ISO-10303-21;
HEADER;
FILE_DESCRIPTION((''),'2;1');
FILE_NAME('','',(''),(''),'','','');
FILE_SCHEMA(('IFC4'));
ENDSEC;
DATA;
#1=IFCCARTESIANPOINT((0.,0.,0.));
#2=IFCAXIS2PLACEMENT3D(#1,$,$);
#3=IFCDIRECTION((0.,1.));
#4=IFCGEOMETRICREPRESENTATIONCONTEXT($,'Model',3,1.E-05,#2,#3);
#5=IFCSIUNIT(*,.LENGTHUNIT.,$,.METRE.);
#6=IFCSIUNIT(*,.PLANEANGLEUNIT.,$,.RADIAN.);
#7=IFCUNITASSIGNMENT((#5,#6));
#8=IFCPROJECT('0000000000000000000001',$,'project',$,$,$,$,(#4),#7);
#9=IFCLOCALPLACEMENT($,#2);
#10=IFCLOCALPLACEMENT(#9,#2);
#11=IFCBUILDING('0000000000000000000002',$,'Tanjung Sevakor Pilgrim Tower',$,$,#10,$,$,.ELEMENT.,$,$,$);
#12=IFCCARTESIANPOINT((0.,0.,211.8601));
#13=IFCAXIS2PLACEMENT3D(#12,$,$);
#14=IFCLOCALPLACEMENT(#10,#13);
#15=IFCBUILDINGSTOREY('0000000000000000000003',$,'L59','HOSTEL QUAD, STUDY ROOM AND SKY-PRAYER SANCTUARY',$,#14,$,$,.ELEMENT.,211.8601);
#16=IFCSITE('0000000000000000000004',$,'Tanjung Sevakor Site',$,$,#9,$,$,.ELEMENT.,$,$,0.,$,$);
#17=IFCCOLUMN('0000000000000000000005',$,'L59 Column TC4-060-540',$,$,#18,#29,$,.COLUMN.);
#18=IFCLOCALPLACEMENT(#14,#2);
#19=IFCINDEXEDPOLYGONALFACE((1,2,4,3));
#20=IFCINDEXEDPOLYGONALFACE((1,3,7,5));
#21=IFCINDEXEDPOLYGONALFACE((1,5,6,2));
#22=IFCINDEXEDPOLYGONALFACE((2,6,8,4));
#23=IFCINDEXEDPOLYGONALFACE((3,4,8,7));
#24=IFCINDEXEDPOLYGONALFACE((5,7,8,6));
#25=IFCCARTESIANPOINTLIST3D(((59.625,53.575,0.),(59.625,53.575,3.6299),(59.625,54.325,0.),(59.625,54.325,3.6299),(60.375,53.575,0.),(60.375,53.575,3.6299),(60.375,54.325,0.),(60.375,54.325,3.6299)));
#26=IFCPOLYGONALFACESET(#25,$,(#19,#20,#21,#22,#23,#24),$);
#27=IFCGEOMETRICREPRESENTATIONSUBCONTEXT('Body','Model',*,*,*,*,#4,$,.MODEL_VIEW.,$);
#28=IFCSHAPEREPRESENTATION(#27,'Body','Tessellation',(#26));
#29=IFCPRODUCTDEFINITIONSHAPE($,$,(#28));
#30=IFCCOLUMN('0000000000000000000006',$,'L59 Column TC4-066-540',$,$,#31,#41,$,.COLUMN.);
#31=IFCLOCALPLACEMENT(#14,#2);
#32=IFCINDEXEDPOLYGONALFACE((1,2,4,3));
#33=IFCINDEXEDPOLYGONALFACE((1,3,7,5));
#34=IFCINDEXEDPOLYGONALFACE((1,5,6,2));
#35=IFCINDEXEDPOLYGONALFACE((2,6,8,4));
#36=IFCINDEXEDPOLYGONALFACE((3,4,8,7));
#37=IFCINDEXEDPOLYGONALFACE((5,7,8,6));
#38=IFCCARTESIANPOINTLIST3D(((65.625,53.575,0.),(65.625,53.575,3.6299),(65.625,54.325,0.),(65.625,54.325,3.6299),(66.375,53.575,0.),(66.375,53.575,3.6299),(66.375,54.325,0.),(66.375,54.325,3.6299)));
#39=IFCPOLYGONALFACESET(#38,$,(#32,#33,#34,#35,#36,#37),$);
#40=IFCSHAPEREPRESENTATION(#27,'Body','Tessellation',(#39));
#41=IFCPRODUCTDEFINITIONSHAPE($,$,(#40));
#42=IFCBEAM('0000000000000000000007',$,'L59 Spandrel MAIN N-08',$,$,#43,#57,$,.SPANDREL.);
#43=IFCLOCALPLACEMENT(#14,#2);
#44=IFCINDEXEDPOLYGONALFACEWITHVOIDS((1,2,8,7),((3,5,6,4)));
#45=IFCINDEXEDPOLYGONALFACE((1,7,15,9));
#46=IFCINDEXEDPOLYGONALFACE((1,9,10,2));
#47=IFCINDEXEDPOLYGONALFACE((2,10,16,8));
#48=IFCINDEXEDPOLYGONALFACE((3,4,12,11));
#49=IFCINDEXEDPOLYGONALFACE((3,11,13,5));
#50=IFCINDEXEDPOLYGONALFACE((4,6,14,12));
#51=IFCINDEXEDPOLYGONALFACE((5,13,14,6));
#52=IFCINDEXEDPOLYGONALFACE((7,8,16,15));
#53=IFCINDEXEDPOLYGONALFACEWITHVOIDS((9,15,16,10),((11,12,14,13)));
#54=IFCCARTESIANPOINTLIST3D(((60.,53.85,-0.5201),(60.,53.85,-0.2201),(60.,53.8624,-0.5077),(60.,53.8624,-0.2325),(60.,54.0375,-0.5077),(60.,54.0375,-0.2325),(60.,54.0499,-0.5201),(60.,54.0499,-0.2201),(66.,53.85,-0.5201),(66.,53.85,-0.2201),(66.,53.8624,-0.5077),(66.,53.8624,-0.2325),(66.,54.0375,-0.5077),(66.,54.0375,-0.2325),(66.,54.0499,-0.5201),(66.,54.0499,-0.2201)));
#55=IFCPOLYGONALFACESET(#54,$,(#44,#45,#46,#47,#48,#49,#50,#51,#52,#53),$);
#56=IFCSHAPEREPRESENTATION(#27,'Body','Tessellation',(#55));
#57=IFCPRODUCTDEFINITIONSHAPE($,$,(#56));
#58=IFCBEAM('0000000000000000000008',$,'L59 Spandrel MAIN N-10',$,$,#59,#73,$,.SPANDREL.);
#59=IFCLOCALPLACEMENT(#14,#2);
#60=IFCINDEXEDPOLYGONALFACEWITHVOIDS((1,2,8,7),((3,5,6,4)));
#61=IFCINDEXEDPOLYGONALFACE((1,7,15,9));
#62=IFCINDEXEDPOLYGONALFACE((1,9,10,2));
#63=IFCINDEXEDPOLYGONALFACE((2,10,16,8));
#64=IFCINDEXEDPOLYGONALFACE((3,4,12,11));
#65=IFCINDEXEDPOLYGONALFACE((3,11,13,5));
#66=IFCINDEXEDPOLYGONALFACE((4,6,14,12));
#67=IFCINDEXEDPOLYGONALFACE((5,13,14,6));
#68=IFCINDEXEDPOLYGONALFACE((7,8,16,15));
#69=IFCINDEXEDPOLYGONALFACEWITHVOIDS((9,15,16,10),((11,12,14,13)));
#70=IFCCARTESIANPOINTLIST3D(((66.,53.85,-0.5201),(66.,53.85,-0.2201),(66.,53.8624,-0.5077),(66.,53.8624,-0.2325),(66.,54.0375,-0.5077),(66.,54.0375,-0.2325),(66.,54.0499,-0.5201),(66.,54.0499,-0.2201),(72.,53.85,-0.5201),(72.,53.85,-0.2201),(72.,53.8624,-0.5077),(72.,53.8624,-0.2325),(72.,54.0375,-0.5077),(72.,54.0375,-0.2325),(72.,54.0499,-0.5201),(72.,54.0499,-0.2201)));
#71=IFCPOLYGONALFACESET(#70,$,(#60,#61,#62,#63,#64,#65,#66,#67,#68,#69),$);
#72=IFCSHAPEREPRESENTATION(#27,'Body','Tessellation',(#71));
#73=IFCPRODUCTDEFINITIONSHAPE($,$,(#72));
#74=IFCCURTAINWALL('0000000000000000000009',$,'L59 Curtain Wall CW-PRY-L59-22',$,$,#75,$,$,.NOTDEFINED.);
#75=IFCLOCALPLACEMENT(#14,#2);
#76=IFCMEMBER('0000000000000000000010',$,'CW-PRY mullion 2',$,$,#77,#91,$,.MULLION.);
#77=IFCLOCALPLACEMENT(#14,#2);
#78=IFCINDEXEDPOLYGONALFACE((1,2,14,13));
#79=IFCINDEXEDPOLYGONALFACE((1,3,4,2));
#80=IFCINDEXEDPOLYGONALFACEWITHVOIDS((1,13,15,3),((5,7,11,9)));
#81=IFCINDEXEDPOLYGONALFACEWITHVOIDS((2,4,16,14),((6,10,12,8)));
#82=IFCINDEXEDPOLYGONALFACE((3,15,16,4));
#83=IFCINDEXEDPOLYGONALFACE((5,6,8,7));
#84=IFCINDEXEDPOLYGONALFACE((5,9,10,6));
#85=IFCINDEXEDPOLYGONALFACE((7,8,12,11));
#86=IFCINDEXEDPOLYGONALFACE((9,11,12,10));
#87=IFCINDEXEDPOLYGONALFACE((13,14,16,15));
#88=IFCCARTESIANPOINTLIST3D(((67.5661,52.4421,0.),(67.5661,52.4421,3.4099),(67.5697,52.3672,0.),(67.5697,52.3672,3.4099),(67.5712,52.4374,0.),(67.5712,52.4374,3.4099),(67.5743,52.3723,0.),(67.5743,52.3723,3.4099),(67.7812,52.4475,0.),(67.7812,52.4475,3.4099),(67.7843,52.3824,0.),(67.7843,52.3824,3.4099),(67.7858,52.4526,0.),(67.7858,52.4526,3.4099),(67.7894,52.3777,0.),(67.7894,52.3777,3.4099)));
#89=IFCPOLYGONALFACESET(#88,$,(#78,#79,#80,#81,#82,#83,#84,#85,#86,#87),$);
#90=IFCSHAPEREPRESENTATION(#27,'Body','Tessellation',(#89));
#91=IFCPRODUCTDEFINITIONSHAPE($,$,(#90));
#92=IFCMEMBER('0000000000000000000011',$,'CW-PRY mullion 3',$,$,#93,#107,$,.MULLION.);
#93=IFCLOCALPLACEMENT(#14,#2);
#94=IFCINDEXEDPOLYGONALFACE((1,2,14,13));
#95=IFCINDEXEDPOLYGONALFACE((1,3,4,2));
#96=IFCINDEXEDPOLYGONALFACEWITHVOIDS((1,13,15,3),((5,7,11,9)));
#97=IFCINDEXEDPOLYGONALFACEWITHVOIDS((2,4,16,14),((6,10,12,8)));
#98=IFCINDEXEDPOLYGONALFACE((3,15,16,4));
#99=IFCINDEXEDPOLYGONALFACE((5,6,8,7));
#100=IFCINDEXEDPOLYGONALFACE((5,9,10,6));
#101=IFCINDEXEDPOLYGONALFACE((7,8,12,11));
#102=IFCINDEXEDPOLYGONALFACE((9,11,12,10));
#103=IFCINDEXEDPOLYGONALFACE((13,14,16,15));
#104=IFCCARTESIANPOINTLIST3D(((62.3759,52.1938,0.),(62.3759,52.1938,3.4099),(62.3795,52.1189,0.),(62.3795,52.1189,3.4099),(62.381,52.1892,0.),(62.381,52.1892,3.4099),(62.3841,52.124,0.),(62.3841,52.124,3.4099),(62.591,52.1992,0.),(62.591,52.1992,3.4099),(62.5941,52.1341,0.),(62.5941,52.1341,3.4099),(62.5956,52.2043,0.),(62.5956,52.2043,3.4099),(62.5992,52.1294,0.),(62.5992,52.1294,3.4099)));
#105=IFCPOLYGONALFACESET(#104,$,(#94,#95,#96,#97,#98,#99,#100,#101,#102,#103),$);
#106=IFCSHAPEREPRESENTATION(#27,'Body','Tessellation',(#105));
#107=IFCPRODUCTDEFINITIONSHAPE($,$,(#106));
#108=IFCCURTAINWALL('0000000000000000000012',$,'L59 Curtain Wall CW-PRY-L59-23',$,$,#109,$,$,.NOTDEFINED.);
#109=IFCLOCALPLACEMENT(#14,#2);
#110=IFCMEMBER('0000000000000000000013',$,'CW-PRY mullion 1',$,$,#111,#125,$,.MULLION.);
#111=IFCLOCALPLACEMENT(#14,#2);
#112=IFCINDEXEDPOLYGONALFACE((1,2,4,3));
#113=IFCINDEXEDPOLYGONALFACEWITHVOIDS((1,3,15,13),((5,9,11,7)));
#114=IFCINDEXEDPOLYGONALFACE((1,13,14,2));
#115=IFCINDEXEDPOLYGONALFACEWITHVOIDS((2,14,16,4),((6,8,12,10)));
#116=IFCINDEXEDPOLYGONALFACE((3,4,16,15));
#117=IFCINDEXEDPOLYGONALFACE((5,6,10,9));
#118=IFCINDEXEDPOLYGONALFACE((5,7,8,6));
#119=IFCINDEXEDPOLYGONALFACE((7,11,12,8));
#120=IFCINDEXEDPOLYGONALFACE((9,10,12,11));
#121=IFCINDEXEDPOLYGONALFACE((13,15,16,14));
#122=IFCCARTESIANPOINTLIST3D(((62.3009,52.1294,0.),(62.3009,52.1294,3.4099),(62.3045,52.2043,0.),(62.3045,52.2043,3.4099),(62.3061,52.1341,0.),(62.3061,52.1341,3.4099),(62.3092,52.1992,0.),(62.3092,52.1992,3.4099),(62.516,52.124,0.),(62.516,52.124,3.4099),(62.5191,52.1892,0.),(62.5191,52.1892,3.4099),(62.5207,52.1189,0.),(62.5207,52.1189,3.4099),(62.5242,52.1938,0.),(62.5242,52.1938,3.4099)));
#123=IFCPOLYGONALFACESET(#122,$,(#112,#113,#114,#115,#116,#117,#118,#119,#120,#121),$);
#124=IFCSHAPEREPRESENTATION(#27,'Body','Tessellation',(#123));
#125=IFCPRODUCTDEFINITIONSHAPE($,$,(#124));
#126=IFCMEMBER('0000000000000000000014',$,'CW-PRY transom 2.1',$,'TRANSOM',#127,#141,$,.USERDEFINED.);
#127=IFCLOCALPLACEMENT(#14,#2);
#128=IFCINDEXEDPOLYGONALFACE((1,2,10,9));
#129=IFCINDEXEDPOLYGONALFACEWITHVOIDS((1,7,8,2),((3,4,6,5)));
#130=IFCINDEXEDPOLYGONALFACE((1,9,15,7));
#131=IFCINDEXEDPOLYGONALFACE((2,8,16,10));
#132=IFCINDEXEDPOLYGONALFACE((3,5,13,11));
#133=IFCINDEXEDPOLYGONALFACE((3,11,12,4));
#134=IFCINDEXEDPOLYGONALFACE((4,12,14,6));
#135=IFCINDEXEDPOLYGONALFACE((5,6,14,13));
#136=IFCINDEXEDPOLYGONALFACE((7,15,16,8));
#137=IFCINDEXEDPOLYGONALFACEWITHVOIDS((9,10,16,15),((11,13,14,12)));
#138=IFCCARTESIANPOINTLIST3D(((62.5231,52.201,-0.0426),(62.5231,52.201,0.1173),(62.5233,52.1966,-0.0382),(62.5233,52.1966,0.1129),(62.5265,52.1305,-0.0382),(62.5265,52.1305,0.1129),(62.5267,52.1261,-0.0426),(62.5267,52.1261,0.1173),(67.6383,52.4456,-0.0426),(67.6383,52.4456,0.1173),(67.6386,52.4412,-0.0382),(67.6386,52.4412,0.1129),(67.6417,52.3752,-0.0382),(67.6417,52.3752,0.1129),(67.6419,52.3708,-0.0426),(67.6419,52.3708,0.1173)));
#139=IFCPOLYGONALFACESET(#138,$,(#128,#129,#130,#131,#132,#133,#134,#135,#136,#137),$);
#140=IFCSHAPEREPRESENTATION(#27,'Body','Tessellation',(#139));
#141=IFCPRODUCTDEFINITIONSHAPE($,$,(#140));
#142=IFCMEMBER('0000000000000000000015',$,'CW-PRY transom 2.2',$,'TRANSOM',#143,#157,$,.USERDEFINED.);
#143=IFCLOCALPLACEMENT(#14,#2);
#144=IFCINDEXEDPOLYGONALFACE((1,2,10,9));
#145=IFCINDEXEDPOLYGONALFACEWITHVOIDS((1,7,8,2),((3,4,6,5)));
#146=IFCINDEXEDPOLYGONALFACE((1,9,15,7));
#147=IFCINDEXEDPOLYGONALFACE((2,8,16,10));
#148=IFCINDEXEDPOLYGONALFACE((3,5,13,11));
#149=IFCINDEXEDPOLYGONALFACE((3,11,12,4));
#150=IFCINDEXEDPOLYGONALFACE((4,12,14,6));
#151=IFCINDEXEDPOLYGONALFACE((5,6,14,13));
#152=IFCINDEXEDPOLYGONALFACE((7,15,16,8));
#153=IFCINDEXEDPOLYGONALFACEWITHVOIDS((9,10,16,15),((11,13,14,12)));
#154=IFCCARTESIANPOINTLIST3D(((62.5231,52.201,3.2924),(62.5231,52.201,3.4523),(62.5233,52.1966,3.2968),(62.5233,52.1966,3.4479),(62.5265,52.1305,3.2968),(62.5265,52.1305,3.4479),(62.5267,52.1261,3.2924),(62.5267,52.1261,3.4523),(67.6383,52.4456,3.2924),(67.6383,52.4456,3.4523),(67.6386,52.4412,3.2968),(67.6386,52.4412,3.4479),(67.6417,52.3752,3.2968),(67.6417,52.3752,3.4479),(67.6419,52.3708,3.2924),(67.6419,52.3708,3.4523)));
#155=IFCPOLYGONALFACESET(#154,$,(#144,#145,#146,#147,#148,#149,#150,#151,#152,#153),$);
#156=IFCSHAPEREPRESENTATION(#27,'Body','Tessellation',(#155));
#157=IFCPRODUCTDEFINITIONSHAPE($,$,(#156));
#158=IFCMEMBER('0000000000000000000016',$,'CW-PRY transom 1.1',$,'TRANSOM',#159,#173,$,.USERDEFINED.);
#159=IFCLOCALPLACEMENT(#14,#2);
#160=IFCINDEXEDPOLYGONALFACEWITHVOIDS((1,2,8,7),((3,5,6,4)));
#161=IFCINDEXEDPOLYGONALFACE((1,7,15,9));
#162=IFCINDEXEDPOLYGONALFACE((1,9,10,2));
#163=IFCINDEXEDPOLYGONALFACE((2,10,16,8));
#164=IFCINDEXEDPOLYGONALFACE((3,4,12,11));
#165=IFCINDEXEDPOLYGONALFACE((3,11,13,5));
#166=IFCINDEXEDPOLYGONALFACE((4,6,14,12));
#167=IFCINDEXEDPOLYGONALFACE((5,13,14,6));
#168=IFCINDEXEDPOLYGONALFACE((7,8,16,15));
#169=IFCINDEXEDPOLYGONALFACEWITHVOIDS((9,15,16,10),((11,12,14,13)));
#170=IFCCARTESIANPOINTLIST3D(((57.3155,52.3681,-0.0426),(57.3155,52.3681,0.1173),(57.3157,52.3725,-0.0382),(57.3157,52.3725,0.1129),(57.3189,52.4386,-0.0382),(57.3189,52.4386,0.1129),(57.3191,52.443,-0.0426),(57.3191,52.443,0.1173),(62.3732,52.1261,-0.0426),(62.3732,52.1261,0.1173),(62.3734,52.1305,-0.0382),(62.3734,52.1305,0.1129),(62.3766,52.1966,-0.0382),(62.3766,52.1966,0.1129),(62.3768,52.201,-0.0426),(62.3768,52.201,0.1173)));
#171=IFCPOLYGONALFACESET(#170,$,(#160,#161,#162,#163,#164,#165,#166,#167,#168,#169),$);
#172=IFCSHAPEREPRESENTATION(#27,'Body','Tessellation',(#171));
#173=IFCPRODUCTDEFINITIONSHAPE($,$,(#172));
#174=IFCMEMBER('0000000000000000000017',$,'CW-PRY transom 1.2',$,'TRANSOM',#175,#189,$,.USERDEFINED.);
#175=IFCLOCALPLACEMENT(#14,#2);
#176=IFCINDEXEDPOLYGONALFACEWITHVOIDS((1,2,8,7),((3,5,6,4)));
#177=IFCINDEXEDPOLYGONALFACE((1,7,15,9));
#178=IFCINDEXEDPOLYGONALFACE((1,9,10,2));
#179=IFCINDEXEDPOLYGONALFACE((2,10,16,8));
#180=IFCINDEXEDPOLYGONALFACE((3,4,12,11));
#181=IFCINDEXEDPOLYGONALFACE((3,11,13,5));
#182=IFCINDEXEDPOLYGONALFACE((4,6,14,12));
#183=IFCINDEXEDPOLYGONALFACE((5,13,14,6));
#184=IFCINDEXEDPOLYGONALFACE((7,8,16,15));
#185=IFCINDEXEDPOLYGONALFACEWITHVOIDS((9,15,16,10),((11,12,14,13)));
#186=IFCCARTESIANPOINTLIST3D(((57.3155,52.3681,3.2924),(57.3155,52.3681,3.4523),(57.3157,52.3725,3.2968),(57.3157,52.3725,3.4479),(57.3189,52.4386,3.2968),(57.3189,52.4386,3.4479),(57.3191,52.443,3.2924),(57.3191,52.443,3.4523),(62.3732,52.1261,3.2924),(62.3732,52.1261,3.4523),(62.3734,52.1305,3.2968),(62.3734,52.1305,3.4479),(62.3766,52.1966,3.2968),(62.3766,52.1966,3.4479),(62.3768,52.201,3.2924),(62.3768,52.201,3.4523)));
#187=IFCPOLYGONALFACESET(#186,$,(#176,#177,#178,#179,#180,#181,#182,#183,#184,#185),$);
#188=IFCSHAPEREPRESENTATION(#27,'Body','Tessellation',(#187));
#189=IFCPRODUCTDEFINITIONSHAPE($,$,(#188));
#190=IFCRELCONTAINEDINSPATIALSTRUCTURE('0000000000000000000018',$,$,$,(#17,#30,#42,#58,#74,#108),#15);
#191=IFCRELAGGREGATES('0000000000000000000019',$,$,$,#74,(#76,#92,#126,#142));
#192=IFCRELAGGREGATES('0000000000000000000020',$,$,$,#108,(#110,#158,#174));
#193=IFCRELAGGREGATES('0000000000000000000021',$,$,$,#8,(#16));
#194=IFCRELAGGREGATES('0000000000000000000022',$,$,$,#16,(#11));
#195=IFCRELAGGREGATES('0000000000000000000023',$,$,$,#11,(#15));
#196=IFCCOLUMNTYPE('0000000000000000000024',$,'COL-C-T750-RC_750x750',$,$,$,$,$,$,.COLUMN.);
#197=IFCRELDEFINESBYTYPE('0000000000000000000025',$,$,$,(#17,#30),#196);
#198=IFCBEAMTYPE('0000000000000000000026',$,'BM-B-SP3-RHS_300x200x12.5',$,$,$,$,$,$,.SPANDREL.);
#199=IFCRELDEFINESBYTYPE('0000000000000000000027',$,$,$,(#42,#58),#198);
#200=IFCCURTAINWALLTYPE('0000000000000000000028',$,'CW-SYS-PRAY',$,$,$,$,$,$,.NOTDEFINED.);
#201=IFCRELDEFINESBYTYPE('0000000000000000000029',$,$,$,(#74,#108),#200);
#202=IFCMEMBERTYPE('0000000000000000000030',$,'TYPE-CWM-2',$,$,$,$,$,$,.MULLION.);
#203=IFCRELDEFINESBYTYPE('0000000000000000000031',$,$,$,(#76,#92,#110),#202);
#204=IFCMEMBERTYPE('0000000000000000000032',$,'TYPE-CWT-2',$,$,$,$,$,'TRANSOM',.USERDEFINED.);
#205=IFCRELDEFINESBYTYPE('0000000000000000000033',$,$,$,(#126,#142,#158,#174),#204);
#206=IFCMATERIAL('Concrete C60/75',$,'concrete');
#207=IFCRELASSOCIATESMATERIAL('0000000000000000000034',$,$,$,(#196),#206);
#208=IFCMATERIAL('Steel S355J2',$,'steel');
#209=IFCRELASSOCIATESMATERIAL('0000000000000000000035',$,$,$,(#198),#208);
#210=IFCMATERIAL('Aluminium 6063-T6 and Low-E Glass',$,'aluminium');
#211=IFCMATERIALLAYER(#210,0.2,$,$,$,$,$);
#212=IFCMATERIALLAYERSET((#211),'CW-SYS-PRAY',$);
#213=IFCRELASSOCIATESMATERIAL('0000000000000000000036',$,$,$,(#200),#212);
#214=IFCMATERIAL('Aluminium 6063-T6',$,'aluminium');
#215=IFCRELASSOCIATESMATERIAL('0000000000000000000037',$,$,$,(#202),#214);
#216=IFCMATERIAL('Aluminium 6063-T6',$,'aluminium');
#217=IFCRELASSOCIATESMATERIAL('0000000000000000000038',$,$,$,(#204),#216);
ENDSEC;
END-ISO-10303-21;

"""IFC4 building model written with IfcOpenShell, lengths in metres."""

from ifc_helpers import new_model, si_unit, direction, frame, origin, origin_2d, place, context, subcontext, project, spatial, rectangle, hollow_rectangle, extrude, material, layer, layer_set, material_profile, profile_set, type_object, element, aggregate, save


model = new_model("IFC4")

# Units and contexts
model_context = context("Model", 3, precision=1e-05, world=origin(), true_north=direction((0.0, 1.0)))
body_context = subcontext(model_context, "Body", "Model", "MODEL_VIEW")
ifc_project = project(units=[si_unit("LENGTHUNIT", "METRE"), si_unit("PLANEANGLEUNIT", "RADIAN")], contexts=[model_context])

# Site, building, storey
site_placement = place(None, origin())
site = spatial("IfcSite", under=ifc_project, at=site_placement, Name="Tanjung Sevakor Site", CompositionType="ELEMENT", RefElevation=0.0)
building_placement = place(site_placement, origin())
building = spatial("IfcBuilding", under=site, at=building_placement, Name="Tanjung Sevakor Pilgrim Tower", CompositionType="ELEMENT")
storey_placement = place(building_placement, frame((0.0, 0.0, 211.8601)))
storey = spatial("IfcBuildingStorey", under=building, at=storey_placement, Name="L59", Description="HOSTEL QUAD, STUDY ROOM AND SKY-PRAYER SANCTUARY", CompositionType="ELEMENT", Elevation=211.8601)

# Columns
ifc_material_1 = material(Name="Concrete C60/75", Category="concrete")
ifc_material_profile_1 = material_profile(ifc_material_1, rectangle(XDim=0.75, YDim=0.75, at=origin_2d()))
ifc_profile_set_1 = profile_set([ifc_material_profile_1], Name="Concrete C60/75")
column_type = type_object("IfcColumnType", Name="COL-C-T750-RC_750x750", PredefinedType="COLUMN", material=ifc_profile_set_1)
for number, where, z_axis, x_axis, name in (
    (1, (60.0, 53.95, 0.0), (0.0, 0.0, 1.0), (1.0, 0.0, 0.0), "L59 Column TC4-060-540"),
    (2, (66.0, 53.95, 0.0), (0.0, 0.0, 1.0), (1.0, 0.0, 0.0), "L59 Column TC4-066-540"),
):
    element("IfcColumn", number, at=place(storey_placement, frame(where, z_axis=z_axis, x_axis=x_axis)), inside=storey, type_object=column_type, Name=name, PredefinedType="COLUMN", context=body_context, shape_type="SweptSolid", body=[
        extrude(rectangle(XDim=0.75, YDim=0.75, at=origin_2d()), origin(), (0.0, 0.0, 1.0), 3.6299),
    ])

# Beams
ifc_material_2 = material(Name="Steel S355J2", Category="steel")
ifc_material_profile_2 = material_profile(ifc_material_2, hollow_rectangle(XDim=0.2, YDim=0.3, WallThickness=0.0125, at=origin_2d()))
ifc_profile_set_2 = profile_set([ifc_material_profile_2], Name="Steel S355J2")
beam_type = type_object("IfcBeamType", Name="BM-B-SP3-RHS_300x200x12.5", PredefinedType="SPANDREL", material=ifc_profile_set_2)
for number, where, z_axis, x_axis, name in (
    (3, (60.0, 53.95, -0.3701), (1.0, 0.0, 0.0), (0.0, 1.0, 0.0), "L59 Spandrel MAIN N-08"),
    (4, (66.0, 53.95, -0.3701), (1.0, 0.0, 0.0), (0.0, 1.0, 0.0), "L59 Spandrel MAIN N-10"),
):
    element("IfcBeam", number, at=place(storey_placement, frame(where, z_axis=z_axis, x_axis=x_axis)), inside=storey, type_object=beam_type, Name=name, PredefinedType="SPANDREL", context=body_context, shape_type="SweptSolid", body=[
        extrude(hollow_rectangle(XDim=0.2, YDim=0.3, WallThickness=0.0125, at=origin_2d()), origin(), (0.0, 0.0, 1.0), 6.0),
    ])

# Curtain wall, members
ifc_material_3 = material(Name="Aluminium 6063-T6 and Low-E Glass", Category="aluminium")
ifc_layer_1 = layer(ifc_material_3, 0.2)
ifc_layer_set_1 = layer_set([ifc_layer_1], Name="CW-SYS-PRAY")
curtain_wall_type = type_object("IfcCurtainWallType", Name="CW-SYS-PRAY", PredefinedType="NOTDEFINED", material=ifc_layer_set_1)
curtain_wall_1_placement = place(storey_placement, origin())
curtain_wall_1 = element("IfcCurtainWall", 5, at=curtain_wall_1_placement, inside=storey, type_object=curtain_wall_type, Name="L59 Curtain Wall CW-PRY-L59-22", PredefinedType="NOTDEFINED")
ifc_material_4 = material(Name="Aluminium 6063-T6", Category="aluminium")
ifc_material_profile_3 = material_profile(ifc_material_4, hollow_rectangle(XDim=0.075, YDim=0.22, WallThickness=0.0049, at=origin_2d()))
ifc_profile_set_3 = profile_set([ifc_material_profile_3], Name="Aluminium 6063-T6")
member_type_1 = type_object("IfcMemberType", Name="TYPE-CWM-2", PredefinedType="MULLION", material=ifc_profile_set_3)
member_1_placement = place(storey_placement, frame((67.6777, 52.4099, 0.0), z_axis=(0.0, 0.0, 1.0), x_axis=(0.047787, -0.998858, 0.0)))
member_1 = element("IfcMember", 6, at=member_1_placement, type_object=member_type_1, Name="CW-PRY mullion 2", PredefinedType="MULLION", context=body_context, shape_type="SweptSolid", body=[
    extrude(hollow_rectangle(XDim=0.075, YDim=0.22, WallThickness=0.0049, at=origin_2d()), origin(), (0.0, 0.0, 1.0), 3.4099),
])
member_2_placement = place(storey_placement, frame((62.4875, 52.1616, 0.0), z_axis=(0.0, 0.0, 1.0), x_axis=(0.047787, -0.998858, 0.0)))
member_2 = element("IfcMember", 7, at=member_2_placement, type_object=member_type_1, Name="CW-PRY mullion 3", PredefinedType="MULLION", context=body_context, shape_type="SweptSolid", body=[
    extrude(hollow_rectangle(XDim=0.075, YDim=0.22, WallThickness=0.0049, at=origin_2d()), origin(), (0.0, 0.0, 1.0), 3.4099),
])

# Curtain wall, member
curtain_wall_2_placement = place(storey_placement, origin())
curtain_wall_2 = element("IfcCurtainWall", 8, at=curtain_wall_2_placement, inside=storey, type_object=curtain_wall_type, Name="L59 Curtain Wall CW-PRY-L59-23", PredefinedType="NOTDEFINED")
member_3_placement = place(storey_placement, frame((62.4126, 52.1616, 0.0), z_axis=(0.0, 0.0, 1.0), x_axis=(-0.047789, -0.998857, 0.0)))
member_3 = element("IfcMember", 9, at=member_3_placement, type_object=member_type_1, Name="CW-PRY mullion 1", PredefinedType="MULLION", context=body_context, shape_type="SweptSolid", body=[
    extrude(hollow_rectangle(XDim=0.075, YDim=0.22, WallThickness=0.0049, at=origin_2d()), origin(), (0.0, 0.0, 1.0), 3.4099),
])

# Members
ifc_material_5 = material(Name="Aluminium 6063-T6", Category="aluminium")
ifc_material_profile_4 = material_profile(ifc_material_5, hollow_rectangle(XDim=0.075, YDim=0.1599, WallThickness=0.0044, at=origin_2d()))
ifc_profile_set_4 = profile_set([ifc_material_profile_4], Name="Aluminium 6063-T6")
member_type_2 = type_object("IfcMemberType", Name="TYPE-CWT-2", ElementType="TRANSOM", PredefinedType="USERDEFINED", material=ifc_profile_set_4)
member_4_placement = place(storey_placement, frame((67.6401, 52.4082, 0.0374), z_axis=(-0.998858, -0.047769, 0.0), x_axis=(0.047769, -0.998858, 0.0)))
member_4 = element("IfcMember", 10, at=member_4_placement, type_object=member_type_2, Name="CW-PRY transom 2.1", ObjectType="TRANSOM", PredefinedType="USERDEFINED", context=body_context, shape_type="SweptSolid", body=[
    extrude(hollow_rectangle(XDim=0.075, YDim=0.1599, WallThickness=0.0044, at=origin_2d()), origin(), (0.0, 0.0, 1.0), 5.1211),
])
member_5_placement = place(storey_placement, frame((67.6401, 52.4082, 3.3723), z_axis=(-0.998858, -0.047769, 0.0), x_axis=(0.047769, -0.998858, 0.0)))
member_5 = element("IfcMember", 11, at=member_5_placement, type_object=member_type_2, Name="CW-PRY transom 2.2", ObjectType="TRANSOM", PredefinedType="USERDEFINED", context=body_context, shape_type="SweptSolid", body=[
    extrude(hollow_rectangle(XDim=0.075, YDim=0.1599, WallThickness=0.0044, at=origin_2d()), origin(), (0.0, 0.0, 1.0), 5.1211),
])
member_6_placement = place(storey_placement, frame((62.375, 52.1636, 0.0374), z_axis=(-0.998858, 0.047783, 0.0), x_axis=(-0.047783, -0.998858, 0.0)))
member_6 = element("IfcMember", 12, at=member_6_placement, type_object=member_type_2, Name="CW-PRY transom 1.1", ObjectType="TRANSOM", PredefinedType="USERDEFINED", context=body_context, shape_type="SweptSolid", body=[
    extrude(hollow_rectangle(XDim=0.075, YDim=0.1599, WallThickness=0.0044, at=origin_2d()), origin(), (0.0, 0.0, 1.0), 5.0635),
])
member_7_placement = place(storey_placement, frame((62.375, 52.1636, 3.3723), z_axis=(-0.998858, 0.047783, 0.0), x_axis=(-0.047783, -0.998858, 0.0)))
member_7 = element("IfcMember", 13, at=member_7_placement, type_object=member_type_2, Name="CW-PRY transom 1.2", ObjectType="TRANSOM", PredefinedType="USERDEFINED", context=body_context, shape_type="SweptSolid", body=[
    extrude(hollow_rectangle(XDim=0.075, YDim=0.1599, WallThickness=0.0044, at=origin_2d()), origin(), (0.0, 0.0, 1.0), 5.0635),
])

aggregate(curtain_wall_1, [member_1, member_2, member_4, member_5])
aggregate(curtain_wall_2, [member_3, member_6, member_7])

save(model, "model.ifc")
